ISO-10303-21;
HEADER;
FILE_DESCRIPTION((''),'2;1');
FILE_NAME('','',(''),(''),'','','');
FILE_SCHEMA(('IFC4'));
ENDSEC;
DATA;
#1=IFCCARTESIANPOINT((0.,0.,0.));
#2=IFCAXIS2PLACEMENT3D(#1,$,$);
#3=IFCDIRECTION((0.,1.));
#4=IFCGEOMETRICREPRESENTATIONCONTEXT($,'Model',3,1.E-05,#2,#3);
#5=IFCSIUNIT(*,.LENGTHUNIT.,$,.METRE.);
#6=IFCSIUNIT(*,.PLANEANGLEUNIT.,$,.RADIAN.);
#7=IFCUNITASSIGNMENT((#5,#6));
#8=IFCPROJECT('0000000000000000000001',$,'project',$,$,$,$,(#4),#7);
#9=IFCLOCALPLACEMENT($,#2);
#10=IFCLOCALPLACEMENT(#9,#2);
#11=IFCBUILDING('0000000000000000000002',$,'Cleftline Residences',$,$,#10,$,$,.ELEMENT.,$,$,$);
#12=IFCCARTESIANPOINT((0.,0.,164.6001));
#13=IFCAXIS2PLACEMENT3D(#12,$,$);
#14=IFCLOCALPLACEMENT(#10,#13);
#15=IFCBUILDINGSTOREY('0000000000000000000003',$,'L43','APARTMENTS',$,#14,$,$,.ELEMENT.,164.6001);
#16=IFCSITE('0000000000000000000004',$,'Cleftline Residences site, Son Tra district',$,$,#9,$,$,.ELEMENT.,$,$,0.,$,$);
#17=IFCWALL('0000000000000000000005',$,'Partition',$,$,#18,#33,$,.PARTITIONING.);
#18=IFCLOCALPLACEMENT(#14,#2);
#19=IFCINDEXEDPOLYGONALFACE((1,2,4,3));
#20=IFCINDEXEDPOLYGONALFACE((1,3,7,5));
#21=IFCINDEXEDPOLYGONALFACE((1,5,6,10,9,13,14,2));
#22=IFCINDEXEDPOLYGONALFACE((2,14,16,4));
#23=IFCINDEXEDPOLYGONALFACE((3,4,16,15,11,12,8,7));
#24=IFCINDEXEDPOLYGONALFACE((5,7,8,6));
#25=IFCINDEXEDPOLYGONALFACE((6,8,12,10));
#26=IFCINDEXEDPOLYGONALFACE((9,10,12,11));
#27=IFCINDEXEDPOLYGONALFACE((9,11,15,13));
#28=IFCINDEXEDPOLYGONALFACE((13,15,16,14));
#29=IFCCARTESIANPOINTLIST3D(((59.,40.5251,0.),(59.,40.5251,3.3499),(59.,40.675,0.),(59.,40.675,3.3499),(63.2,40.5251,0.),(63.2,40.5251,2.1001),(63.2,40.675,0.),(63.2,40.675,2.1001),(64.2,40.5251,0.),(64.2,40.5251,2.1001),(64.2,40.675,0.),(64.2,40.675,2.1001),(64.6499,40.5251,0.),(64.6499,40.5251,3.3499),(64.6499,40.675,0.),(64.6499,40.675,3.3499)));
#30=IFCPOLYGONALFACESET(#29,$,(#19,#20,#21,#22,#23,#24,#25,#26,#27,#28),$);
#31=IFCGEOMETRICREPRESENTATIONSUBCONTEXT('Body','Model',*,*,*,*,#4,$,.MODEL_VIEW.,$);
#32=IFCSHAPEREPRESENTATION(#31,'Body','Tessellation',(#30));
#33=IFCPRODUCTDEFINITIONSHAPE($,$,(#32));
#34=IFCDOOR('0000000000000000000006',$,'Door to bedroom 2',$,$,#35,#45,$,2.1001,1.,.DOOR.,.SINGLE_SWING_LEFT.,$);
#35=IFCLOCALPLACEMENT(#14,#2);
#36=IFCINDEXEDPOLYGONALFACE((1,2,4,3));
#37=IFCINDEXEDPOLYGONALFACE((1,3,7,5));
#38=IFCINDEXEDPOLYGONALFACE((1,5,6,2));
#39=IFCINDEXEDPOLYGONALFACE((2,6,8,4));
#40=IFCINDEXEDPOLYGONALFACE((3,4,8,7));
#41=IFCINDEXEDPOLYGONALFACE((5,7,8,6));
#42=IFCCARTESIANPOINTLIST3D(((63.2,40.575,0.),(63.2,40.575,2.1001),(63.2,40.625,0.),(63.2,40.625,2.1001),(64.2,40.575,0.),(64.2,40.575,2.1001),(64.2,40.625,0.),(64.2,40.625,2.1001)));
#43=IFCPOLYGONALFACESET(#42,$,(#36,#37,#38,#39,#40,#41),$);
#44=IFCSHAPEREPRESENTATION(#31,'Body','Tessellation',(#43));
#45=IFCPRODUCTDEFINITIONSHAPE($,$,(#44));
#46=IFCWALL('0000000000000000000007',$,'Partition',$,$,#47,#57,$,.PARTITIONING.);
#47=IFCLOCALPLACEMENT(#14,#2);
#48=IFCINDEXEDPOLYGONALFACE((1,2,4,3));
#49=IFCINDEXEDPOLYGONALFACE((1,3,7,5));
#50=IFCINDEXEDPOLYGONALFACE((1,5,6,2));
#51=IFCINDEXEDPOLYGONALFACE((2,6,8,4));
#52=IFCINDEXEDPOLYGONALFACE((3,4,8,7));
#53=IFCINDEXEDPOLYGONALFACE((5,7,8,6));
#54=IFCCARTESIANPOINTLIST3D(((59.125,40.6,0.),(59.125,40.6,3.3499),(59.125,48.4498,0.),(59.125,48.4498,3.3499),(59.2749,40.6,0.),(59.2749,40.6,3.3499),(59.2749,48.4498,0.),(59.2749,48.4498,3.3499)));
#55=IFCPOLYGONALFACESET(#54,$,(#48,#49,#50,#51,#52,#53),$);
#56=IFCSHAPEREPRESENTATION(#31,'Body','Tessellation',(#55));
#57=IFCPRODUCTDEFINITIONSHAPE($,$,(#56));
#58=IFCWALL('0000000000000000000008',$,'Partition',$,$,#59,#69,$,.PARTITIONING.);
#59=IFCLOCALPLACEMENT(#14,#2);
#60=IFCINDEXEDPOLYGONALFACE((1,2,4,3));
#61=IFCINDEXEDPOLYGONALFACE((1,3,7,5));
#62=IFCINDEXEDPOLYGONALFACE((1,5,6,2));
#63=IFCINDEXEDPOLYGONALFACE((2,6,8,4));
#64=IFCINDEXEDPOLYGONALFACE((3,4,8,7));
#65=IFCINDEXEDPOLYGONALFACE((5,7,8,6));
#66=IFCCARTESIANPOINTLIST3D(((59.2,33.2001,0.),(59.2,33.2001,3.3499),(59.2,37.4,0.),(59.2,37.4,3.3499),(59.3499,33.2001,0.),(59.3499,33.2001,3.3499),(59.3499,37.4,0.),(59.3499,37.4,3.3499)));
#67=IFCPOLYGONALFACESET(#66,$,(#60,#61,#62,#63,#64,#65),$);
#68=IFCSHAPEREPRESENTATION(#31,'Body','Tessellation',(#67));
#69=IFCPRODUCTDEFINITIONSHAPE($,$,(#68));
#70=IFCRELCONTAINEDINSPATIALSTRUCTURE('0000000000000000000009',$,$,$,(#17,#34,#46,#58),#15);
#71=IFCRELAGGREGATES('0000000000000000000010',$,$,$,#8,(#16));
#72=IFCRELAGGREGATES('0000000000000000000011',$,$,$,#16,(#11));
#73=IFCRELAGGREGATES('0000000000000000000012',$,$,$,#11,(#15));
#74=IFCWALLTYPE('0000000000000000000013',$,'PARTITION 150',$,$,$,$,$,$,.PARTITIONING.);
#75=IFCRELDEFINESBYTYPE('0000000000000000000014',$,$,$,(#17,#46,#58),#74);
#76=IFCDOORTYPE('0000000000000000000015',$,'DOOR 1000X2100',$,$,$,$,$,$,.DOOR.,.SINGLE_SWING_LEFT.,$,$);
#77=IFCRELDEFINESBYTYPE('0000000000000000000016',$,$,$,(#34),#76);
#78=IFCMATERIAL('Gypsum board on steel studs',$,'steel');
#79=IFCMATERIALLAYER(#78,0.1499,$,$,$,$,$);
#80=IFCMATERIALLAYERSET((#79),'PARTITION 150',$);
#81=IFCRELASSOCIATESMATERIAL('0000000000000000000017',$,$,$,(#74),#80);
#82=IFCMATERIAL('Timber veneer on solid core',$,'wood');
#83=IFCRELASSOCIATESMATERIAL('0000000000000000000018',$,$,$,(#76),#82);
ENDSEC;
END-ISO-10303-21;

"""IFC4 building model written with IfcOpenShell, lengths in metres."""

from ifc_helpers import new_model, si_unit, direction, frame, frame_2d, origin, place, context, subcontext, project, spatial, rectangle, extrude, material, layer, layer_set, type_object, element, fill, save


model = new_model("IFC4")

# Units and contexts
model_context = context("Model", 3, precision=1e-05, world=origin(), true_north=direction((0.0, 1.0)))
body_context = subcontext(model_context, "Body", "Model", "MODEL_VIEW")
ifc_project = project(units=[si_unit("LENGTHUNIT", "METRE"), si_unit("PLANEANGLEUNIT", "RADIAN")], contexts=[model_context])

# Site, building, storey
site_placement = place(None, origin())
site = spatial("IfcSite", under=ifc_project, at=site_placement, Name="Cleftline Residences site, Son Tra district", CompositionType="ELEMENT", RefElevation=0.0)
building_placement = place(site_placement, origin())
building = spatial("IfcBuilding", under=site, at=building_placement, Name="Cleftline Residences", CompositionType="ELEMENT")
storey_placement = place(building_placement, frame((0.0, 0.0, 164.6001)))
storey = spatial("IfcBuildingStorey", under=building, at=storey_placement, Name="L43", Description="APARTMENTS", CompositionType="ELEMENT", Elevation=164.6001)

# Shared definitions
ifc_material_1 = material(Name="Gypsum board on steel studs", Category="steel")
ifc_layer = layer(ifc_material_1, 0.1499)
ifc_layer_set = layer_set([ifc_layer], Name="PARTITION 150")
wall_type = type_object("IfcWallType", Name="PARTITION 150", PredefinedType="PARTITIONING", material=ifc_layer_set)

# Wall, opening, door
wall_1_placement = place(storey_placement, frame((59.0, 40.6001, 0.0), z_axis=(0.0, 0.0, 1.0), x_axis=(1.0, 0.0, 0.0)))
wall_1 = element("IfcWall", 1, at=wall_1_placement, inside=storey, type_object=wall_type, Name="Partition", PredefinedType="PARTITIONING", context=body_context, shape_type="SweptSolid", body=[
    extrude(rectangle(XDim=5.6499, YDim=0.1499, at=frame_2d((2.825, 0.0))), origin(), (0.0, 0.0, 1.0), 3.3499),
])
opening_placement = place(wall_1_placement, frame((4.2, 0.0, 0.0)))
opening = element("IfcOpeningElement", 2, at=opening_placement, cuts=wall_1, PredefinedType="OPENING", context=body_context, shape_type="SweptSolid", body=[
    extrude(rectangle(XDim=1.0, YDim=2.1001, at=frame_2d((0.5, 1.05))), frame((0.0, 0.085, 0.0), z_axis=(0.0, -1.0, 0.0), x_axis=(1.0, 0.0, 0.0)), (0.0, 0.0, 1.0), 0.1699),
])
ifc_material_2 = material(Name="Timber veneer on solid core", Category="wood")
door_type = type_object("IfcDoorType", Name="DOOR 1000X2100", OperationType="SINGLE_SWING_LEFT", PredefinedType="DOOR", material=ifc_material_2)
door_placement = place(opening_placement, origin())
door = element("IfcDoor", 3, at=door_placement, inside=storey, type_object=door_type, Name="Door to bedroom 2", OperationType="SINGLE_SWING_LEFT", OverallHeight=2.1001, OverallWidth=1.0, PredefinedType="DOOR", context=body_context, shape_type="SweptSolid", body=[
    extrude(rectangle(XDim=1.0, YDim=2.1001, at=frame_2d((0.5, 1.05))), frame((0.0, 0.0249, 0.0), z_axis=(0.0, -1.0, 0.0), x_axis=(1.0, 0.0, 0.0)), (0.0, 0.0, 1.0), 0.05),
])
fill(opening, door)

# Walls
wall_2_placement = place(storey_placement, frame((59.2, 40.6001, 0.0), z_axis=(0.0, 0.0, 1.0), x_axis=(0.0, 1.0, 0.0)))
element("IfcWall", 4, at=wall_2_placement, inside=storey, type_object=wall_type, Name="Partition", PredefinedType="PARTITIONING", context=body_context, shape_type="SweptSolid", body=[
    extrude(rectangle(XDim=7.8499, YDim=0.1499, at=frame_2d((3.9248, 0.0))), origin(), (0.0, 0.0, 1.0), 3.3499),
])
wall_3_placement = place(storey_placement, frame((59.2749, 33.2, 0.0), z_axis=(0.0, 0.0, 1.0), x_axis=(0.0, 1.0, 0.0)))
element("IfcWall", 5, at=wall_3_placement, inside=storey, type_object=wall_type, Name="Partition", PredefinedType="PARTITIONING", context=body_context, shape_type="SweptSolid", body=[
    extrude(rectangle(XDim=4.2, YDim=0.1499, at=frame_2d((2.1001, 0.0))), origin(), (0.0, 0.0, 1.0), 3.3499),
])

save(model, "model.ifc")
